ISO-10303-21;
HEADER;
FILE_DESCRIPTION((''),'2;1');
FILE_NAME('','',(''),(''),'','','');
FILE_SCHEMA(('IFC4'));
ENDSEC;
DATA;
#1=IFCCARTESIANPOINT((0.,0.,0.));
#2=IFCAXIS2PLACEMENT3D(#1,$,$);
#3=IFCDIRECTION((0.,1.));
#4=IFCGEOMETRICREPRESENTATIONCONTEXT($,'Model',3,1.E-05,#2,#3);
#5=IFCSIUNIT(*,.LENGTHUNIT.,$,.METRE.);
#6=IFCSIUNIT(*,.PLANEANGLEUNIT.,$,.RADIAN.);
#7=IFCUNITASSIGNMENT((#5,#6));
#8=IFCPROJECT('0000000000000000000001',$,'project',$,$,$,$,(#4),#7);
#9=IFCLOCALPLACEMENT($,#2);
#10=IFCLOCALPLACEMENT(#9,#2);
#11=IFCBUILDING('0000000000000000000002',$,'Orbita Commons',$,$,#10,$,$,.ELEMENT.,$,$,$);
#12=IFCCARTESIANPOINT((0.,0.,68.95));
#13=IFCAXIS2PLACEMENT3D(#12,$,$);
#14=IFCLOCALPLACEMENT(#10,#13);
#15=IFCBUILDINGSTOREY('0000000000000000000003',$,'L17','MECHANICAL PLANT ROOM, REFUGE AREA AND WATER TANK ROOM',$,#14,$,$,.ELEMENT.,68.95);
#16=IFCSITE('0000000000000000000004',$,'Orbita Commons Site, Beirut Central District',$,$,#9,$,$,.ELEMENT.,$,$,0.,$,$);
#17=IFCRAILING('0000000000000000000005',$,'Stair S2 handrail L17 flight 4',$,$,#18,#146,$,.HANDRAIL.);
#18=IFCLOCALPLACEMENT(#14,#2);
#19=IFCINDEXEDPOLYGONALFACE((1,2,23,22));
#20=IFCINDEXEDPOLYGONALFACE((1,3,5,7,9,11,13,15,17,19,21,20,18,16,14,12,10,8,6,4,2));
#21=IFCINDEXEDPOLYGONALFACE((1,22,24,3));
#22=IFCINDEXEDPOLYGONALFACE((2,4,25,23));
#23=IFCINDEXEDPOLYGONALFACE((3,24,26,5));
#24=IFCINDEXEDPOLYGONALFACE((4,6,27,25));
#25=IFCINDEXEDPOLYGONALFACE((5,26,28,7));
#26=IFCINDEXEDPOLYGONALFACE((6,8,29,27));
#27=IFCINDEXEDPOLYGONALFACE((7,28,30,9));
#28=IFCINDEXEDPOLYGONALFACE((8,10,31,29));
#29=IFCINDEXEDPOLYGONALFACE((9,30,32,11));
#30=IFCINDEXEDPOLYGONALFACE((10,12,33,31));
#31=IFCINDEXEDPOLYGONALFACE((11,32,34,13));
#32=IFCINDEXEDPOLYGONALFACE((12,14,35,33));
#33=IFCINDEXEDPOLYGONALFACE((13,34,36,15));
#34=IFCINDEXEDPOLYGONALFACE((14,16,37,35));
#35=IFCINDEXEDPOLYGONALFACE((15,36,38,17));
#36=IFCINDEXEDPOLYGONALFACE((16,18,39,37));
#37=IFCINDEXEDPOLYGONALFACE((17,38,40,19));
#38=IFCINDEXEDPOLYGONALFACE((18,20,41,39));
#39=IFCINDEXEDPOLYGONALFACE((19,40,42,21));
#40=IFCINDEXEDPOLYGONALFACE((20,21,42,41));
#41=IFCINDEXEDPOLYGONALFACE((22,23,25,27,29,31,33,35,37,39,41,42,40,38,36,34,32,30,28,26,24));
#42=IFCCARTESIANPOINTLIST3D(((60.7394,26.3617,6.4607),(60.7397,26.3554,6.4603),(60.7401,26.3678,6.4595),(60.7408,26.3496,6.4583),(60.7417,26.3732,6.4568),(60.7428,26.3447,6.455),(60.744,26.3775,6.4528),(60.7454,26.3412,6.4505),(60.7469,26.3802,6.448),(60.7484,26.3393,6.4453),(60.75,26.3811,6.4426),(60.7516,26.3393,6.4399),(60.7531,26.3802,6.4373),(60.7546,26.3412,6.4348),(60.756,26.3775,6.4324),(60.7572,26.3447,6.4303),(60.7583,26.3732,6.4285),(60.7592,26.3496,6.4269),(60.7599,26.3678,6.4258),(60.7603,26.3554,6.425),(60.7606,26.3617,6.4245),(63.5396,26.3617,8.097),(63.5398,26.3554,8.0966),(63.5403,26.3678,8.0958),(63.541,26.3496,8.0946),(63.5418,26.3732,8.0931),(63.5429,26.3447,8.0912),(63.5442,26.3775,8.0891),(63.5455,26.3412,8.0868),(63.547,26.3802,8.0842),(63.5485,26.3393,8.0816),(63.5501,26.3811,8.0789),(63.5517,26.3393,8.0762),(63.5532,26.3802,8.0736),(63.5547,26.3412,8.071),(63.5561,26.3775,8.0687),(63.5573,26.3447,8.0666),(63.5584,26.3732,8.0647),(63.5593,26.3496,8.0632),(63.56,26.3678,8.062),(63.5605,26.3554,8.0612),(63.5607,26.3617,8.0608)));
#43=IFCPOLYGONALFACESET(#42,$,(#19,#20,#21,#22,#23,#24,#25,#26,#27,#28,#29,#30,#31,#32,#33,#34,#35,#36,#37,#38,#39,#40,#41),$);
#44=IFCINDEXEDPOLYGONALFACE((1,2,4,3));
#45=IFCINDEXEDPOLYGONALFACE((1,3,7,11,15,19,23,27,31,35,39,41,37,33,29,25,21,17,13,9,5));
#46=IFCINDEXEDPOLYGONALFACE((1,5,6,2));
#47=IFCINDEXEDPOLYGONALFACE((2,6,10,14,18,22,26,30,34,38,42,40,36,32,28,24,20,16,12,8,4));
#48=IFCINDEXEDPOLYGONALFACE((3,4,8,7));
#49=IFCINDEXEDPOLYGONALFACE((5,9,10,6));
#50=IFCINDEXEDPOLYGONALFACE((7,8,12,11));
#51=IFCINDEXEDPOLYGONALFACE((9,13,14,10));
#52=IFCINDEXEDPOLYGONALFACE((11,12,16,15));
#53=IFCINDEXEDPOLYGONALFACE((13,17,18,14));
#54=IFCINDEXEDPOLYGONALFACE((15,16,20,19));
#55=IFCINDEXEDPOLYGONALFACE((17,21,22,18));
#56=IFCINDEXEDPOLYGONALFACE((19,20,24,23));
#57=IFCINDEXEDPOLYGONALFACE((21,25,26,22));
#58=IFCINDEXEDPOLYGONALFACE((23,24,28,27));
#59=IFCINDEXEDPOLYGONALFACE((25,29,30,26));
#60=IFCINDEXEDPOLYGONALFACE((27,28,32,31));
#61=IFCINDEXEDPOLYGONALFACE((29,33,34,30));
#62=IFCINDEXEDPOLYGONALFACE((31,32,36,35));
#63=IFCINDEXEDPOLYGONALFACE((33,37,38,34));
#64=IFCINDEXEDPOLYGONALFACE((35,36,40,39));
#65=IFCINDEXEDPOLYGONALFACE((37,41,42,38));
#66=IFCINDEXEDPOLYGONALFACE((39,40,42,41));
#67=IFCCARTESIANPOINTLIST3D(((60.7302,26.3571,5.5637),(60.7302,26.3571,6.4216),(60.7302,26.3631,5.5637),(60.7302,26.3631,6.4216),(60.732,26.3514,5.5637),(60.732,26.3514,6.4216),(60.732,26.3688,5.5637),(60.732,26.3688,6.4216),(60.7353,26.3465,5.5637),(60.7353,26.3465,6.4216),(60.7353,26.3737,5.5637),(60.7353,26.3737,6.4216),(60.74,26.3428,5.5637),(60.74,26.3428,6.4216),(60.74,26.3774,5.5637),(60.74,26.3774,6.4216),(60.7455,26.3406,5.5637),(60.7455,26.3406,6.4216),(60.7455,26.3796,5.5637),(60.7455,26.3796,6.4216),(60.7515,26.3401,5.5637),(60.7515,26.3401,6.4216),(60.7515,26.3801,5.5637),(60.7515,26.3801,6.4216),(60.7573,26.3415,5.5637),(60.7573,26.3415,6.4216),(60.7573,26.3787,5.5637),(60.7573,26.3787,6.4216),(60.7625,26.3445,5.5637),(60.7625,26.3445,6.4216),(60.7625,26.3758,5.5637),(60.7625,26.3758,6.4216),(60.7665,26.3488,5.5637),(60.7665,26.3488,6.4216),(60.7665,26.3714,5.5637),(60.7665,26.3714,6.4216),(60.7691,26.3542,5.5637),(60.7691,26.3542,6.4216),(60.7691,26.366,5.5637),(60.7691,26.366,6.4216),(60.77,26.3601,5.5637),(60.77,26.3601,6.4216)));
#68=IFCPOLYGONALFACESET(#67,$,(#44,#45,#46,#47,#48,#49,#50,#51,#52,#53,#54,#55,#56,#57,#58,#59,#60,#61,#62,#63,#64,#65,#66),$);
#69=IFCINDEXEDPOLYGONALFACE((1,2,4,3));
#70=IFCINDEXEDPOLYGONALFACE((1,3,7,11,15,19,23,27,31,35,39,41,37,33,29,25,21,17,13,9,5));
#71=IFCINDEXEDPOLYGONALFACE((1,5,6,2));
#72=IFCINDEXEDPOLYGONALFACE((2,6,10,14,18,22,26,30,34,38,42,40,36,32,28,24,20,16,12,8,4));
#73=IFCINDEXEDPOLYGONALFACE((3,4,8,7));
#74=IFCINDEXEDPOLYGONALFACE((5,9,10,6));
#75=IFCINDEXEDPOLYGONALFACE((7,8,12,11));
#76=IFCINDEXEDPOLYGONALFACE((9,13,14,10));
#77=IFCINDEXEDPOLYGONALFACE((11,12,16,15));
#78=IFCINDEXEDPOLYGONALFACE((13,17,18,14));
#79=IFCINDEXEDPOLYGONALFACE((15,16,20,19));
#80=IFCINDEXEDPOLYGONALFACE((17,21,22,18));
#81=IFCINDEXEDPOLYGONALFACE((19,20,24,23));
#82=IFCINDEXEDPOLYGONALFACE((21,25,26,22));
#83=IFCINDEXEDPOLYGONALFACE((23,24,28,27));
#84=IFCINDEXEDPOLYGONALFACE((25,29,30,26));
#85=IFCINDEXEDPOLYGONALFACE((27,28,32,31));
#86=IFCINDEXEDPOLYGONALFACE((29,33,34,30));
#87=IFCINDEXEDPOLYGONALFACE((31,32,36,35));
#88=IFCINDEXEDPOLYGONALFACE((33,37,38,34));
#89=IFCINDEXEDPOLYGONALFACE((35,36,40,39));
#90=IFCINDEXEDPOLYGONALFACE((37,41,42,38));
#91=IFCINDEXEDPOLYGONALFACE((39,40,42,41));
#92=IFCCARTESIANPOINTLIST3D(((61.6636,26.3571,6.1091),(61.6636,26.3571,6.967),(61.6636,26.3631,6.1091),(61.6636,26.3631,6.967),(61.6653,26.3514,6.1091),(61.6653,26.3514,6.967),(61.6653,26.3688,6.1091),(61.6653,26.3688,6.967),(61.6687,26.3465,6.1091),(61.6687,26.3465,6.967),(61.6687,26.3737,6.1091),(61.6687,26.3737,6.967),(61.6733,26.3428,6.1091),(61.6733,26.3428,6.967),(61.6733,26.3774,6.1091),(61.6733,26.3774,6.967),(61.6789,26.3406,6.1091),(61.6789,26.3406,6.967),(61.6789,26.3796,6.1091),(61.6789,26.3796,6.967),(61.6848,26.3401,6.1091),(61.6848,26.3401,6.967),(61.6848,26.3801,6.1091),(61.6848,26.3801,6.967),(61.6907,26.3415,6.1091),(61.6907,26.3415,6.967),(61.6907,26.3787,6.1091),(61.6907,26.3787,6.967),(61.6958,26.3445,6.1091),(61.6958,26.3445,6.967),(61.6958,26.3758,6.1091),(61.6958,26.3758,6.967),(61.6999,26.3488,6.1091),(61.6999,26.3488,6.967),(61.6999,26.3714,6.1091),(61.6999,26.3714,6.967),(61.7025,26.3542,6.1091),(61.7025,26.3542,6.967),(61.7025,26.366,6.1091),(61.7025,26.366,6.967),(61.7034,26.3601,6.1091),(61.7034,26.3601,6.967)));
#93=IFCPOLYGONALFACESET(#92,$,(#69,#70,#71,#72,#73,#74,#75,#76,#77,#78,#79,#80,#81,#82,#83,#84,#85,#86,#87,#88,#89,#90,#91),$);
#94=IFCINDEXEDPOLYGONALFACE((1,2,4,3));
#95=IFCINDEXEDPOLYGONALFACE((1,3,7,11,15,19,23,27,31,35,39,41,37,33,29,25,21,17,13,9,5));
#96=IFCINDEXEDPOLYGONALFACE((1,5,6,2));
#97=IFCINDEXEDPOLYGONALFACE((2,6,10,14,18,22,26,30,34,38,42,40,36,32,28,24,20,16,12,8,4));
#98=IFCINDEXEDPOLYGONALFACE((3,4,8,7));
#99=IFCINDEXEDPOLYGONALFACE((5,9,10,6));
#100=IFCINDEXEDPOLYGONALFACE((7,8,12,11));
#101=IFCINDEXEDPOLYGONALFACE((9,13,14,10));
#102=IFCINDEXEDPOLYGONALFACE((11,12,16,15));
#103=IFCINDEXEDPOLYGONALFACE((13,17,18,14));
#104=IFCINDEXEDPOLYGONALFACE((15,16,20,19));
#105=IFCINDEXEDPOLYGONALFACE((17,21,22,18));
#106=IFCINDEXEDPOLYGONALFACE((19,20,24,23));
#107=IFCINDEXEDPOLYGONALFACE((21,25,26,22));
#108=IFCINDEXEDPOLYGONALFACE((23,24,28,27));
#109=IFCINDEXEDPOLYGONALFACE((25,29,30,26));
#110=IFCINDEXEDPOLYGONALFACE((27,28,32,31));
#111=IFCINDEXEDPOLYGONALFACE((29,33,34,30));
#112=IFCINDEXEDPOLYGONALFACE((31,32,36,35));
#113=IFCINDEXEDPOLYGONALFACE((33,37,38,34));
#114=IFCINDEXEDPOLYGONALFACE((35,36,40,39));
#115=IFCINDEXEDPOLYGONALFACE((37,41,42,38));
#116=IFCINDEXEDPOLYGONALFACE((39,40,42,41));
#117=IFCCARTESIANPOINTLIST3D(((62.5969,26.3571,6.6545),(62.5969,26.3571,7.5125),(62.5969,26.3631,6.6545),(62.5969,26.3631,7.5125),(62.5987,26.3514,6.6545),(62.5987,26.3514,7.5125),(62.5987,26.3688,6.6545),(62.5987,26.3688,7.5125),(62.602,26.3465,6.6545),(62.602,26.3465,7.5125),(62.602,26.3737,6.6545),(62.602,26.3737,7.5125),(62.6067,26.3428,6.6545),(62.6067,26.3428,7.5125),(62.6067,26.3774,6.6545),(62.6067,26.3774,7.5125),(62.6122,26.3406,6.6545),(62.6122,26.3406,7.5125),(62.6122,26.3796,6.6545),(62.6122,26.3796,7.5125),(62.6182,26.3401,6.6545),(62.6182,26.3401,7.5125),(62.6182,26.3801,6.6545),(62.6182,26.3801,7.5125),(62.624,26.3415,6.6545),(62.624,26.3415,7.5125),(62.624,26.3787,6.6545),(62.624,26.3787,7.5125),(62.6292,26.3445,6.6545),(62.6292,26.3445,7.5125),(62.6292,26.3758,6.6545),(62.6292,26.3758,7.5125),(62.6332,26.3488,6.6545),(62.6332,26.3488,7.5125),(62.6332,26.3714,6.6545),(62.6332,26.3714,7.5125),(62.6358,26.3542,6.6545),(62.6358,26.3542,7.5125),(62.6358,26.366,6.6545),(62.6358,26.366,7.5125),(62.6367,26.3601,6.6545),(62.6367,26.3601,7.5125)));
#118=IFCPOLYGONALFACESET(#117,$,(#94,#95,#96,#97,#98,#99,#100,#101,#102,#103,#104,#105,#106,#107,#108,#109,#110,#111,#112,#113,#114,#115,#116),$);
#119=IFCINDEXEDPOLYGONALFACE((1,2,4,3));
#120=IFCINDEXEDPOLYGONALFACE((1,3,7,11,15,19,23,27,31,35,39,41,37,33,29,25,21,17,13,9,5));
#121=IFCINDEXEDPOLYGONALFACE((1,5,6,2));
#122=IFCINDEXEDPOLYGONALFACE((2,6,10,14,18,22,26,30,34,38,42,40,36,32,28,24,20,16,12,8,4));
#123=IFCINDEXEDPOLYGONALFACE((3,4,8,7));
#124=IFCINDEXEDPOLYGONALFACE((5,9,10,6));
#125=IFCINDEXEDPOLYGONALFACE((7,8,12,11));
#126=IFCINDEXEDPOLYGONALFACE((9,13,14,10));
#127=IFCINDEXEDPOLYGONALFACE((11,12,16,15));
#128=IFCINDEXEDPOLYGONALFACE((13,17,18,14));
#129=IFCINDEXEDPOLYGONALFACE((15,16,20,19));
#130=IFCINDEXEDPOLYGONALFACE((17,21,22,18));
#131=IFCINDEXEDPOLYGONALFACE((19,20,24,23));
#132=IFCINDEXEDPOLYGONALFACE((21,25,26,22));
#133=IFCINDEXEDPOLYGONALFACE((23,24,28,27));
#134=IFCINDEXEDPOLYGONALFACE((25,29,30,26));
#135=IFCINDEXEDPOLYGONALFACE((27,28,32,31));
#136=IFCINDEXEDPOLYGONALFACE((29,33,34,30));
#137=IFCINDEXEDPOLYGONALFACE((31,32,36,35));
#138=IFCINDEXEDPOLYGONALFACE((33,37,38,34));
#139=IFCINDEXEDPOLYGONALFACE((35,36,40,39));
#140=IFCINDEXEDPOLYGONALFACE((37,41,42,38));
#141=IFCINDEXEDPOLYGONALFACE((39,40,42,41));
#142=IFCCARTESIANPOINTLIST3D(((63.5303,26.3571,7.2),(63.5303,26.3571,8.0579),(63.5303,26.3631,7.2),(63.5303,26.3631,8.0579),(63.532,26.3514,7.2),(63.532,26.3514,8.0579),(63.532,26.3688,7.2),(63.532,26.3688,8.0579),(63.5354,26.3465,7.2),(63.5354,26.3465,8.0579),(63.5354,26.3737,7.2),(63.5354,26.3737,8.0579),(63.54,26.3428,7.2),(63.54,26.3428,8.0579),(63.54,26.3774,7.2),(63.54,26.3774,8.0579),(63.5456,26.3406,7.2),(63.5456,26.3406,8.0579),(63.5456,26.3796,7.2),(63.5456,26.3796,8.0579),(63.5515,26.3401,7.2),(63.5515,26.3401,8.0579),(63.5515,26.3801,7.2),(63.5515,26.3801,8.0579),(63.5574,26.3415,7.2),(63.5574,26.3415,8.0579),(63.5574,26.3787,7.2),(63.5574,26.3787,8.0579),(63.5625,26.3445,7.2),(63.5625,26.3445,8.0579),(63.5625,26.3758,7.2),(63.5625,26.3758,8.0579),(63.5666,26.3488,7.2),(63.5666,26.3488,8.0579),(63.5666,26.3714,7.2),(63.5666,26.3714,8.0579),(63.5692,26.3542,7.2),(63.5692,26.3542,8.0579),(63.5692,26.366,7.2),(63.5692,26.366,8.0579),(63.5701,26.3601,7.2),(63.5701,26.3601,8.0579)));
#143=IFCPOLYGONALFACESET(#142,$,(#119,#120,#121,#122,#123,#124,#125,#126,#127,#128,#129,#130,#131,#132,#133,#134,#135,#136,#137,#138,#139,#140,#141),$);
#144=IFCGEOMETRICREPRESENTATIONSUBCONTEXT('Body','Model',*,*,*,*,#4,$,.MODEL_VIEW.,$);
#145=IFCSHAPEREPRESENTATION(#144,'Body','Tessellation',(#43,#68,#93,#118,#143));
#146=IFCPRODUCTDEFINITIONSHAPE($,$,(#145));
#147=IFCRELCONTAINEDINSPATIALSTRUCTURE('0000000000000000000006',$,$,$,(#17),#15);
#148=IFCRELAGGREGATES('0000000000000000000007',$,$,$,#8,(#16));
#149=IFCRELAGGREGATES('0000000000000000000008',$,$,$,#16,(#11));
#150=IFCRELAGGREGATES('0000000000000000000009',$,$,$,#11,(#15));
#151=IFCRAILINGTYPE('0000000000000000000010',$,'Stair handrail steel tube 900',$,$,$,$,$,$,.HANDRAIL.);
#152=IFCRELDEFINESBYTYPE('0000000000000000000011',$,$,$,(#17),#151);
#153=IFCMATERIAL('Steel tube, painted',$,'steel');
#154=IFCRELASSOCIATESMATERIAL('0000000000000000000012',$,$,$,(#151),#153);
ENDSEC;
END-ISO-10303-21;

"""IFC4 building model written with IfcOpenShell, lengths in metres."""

from ifc_helpers import new_model, si_unit, direction, frame, origin, origin_2d, place, context, subcontext, project, spatial, circle, extrude, material, type_object, element, save


model = new_model("IFC4")

# Units and contexts
model_context = context("Model", 3, precision=1e-05, world=origin(), true_north=direction((0.0, 1.0)))
body_context = subcontext(model_context, "Body", "Model", "MODEL_VIEW")
ifc_project = project(units=[si_unit("LENGTHUNIT", "METRE"), si_unit("PLANEANGLEUNIT", "RADIAN")], contexts=[model_context])

# Site, building, storey
site_placement = place(None, origin())
site = spatial("IfcSite", under=ifc_project, at=site_placement, Name="Orbita Commons Site, Beirut Central District", CompositionType="ELEMENT", RefElevation=0.0)
building_placement = place(site_placement, origin())
building = spatial("IfcBuilding", under=site, at=building_placement, Name="Orbita Commons", CompositionType="ELEMENT")
storey_placement = place(building_placement, frame((0.0, 0.0, 68.95)))
storey = spatial("IfcBuildingStorey", under=building, at=storey_placement, Name="L17", Description="MECHANICAL PLANT ROOM, REFUGE AREA AND WATER TANK ROOM", CompositionType="ELEMENT", Elevation=68.95)

# Railing
ifc_material_1 = material(Name="Steel tube, painted", Category="steel")
railing_type = type_object("IfcRailingType", Name="Stair handrail steel tube 900", PredefinedType="HANDRAIL", material=ifc_material_1)
for number, where, name in (
    (1, (60.75, 26.3601, 5.5637), "Stair S2 handrail L17 flight 4"),
):
    element("IfcRailing", number, at=place(storey_placement, frame(where)), inside=storey, type_object=railing_type, Name=name, PredefinedType="HANDRAIL", context=body_context, shape_type="SweptSolid", body=[
        extrude(circle(Radius=0.021, at=origin_2d()), frame((0.0, 0.0, 0.8789), z_axis=(0.863394, 0.0, 0.504531), x_axis=(0.0, 1.0, 0.0)), (0.0, 0.0, 1.0), 3.2432),
        extrude(circle(Radius=0.02, at=origin_2d()), origin(), (0.0, 0.0, 1.0), 0.8579),
        extrude(circle(Radius=0.02, at=origin_2d()), frame((0.9333, 0.0, 0.5454)), (0.0, 0.0, 1.0), 0.8579),
        extrude(circle(Radius=0.02, at=origin_2d()), frame((1.8667, 0.0, 1.0908)), (0.0, 0.0, 1.0), 0.8579),
        extrude(circle(Radius=0.02, at=origin_2d()), frame((2.8, 0.0, 1.6362)), (0.0, 0.0, 1.0), 0.8579),
    ])

save(model, "model.ifc")
